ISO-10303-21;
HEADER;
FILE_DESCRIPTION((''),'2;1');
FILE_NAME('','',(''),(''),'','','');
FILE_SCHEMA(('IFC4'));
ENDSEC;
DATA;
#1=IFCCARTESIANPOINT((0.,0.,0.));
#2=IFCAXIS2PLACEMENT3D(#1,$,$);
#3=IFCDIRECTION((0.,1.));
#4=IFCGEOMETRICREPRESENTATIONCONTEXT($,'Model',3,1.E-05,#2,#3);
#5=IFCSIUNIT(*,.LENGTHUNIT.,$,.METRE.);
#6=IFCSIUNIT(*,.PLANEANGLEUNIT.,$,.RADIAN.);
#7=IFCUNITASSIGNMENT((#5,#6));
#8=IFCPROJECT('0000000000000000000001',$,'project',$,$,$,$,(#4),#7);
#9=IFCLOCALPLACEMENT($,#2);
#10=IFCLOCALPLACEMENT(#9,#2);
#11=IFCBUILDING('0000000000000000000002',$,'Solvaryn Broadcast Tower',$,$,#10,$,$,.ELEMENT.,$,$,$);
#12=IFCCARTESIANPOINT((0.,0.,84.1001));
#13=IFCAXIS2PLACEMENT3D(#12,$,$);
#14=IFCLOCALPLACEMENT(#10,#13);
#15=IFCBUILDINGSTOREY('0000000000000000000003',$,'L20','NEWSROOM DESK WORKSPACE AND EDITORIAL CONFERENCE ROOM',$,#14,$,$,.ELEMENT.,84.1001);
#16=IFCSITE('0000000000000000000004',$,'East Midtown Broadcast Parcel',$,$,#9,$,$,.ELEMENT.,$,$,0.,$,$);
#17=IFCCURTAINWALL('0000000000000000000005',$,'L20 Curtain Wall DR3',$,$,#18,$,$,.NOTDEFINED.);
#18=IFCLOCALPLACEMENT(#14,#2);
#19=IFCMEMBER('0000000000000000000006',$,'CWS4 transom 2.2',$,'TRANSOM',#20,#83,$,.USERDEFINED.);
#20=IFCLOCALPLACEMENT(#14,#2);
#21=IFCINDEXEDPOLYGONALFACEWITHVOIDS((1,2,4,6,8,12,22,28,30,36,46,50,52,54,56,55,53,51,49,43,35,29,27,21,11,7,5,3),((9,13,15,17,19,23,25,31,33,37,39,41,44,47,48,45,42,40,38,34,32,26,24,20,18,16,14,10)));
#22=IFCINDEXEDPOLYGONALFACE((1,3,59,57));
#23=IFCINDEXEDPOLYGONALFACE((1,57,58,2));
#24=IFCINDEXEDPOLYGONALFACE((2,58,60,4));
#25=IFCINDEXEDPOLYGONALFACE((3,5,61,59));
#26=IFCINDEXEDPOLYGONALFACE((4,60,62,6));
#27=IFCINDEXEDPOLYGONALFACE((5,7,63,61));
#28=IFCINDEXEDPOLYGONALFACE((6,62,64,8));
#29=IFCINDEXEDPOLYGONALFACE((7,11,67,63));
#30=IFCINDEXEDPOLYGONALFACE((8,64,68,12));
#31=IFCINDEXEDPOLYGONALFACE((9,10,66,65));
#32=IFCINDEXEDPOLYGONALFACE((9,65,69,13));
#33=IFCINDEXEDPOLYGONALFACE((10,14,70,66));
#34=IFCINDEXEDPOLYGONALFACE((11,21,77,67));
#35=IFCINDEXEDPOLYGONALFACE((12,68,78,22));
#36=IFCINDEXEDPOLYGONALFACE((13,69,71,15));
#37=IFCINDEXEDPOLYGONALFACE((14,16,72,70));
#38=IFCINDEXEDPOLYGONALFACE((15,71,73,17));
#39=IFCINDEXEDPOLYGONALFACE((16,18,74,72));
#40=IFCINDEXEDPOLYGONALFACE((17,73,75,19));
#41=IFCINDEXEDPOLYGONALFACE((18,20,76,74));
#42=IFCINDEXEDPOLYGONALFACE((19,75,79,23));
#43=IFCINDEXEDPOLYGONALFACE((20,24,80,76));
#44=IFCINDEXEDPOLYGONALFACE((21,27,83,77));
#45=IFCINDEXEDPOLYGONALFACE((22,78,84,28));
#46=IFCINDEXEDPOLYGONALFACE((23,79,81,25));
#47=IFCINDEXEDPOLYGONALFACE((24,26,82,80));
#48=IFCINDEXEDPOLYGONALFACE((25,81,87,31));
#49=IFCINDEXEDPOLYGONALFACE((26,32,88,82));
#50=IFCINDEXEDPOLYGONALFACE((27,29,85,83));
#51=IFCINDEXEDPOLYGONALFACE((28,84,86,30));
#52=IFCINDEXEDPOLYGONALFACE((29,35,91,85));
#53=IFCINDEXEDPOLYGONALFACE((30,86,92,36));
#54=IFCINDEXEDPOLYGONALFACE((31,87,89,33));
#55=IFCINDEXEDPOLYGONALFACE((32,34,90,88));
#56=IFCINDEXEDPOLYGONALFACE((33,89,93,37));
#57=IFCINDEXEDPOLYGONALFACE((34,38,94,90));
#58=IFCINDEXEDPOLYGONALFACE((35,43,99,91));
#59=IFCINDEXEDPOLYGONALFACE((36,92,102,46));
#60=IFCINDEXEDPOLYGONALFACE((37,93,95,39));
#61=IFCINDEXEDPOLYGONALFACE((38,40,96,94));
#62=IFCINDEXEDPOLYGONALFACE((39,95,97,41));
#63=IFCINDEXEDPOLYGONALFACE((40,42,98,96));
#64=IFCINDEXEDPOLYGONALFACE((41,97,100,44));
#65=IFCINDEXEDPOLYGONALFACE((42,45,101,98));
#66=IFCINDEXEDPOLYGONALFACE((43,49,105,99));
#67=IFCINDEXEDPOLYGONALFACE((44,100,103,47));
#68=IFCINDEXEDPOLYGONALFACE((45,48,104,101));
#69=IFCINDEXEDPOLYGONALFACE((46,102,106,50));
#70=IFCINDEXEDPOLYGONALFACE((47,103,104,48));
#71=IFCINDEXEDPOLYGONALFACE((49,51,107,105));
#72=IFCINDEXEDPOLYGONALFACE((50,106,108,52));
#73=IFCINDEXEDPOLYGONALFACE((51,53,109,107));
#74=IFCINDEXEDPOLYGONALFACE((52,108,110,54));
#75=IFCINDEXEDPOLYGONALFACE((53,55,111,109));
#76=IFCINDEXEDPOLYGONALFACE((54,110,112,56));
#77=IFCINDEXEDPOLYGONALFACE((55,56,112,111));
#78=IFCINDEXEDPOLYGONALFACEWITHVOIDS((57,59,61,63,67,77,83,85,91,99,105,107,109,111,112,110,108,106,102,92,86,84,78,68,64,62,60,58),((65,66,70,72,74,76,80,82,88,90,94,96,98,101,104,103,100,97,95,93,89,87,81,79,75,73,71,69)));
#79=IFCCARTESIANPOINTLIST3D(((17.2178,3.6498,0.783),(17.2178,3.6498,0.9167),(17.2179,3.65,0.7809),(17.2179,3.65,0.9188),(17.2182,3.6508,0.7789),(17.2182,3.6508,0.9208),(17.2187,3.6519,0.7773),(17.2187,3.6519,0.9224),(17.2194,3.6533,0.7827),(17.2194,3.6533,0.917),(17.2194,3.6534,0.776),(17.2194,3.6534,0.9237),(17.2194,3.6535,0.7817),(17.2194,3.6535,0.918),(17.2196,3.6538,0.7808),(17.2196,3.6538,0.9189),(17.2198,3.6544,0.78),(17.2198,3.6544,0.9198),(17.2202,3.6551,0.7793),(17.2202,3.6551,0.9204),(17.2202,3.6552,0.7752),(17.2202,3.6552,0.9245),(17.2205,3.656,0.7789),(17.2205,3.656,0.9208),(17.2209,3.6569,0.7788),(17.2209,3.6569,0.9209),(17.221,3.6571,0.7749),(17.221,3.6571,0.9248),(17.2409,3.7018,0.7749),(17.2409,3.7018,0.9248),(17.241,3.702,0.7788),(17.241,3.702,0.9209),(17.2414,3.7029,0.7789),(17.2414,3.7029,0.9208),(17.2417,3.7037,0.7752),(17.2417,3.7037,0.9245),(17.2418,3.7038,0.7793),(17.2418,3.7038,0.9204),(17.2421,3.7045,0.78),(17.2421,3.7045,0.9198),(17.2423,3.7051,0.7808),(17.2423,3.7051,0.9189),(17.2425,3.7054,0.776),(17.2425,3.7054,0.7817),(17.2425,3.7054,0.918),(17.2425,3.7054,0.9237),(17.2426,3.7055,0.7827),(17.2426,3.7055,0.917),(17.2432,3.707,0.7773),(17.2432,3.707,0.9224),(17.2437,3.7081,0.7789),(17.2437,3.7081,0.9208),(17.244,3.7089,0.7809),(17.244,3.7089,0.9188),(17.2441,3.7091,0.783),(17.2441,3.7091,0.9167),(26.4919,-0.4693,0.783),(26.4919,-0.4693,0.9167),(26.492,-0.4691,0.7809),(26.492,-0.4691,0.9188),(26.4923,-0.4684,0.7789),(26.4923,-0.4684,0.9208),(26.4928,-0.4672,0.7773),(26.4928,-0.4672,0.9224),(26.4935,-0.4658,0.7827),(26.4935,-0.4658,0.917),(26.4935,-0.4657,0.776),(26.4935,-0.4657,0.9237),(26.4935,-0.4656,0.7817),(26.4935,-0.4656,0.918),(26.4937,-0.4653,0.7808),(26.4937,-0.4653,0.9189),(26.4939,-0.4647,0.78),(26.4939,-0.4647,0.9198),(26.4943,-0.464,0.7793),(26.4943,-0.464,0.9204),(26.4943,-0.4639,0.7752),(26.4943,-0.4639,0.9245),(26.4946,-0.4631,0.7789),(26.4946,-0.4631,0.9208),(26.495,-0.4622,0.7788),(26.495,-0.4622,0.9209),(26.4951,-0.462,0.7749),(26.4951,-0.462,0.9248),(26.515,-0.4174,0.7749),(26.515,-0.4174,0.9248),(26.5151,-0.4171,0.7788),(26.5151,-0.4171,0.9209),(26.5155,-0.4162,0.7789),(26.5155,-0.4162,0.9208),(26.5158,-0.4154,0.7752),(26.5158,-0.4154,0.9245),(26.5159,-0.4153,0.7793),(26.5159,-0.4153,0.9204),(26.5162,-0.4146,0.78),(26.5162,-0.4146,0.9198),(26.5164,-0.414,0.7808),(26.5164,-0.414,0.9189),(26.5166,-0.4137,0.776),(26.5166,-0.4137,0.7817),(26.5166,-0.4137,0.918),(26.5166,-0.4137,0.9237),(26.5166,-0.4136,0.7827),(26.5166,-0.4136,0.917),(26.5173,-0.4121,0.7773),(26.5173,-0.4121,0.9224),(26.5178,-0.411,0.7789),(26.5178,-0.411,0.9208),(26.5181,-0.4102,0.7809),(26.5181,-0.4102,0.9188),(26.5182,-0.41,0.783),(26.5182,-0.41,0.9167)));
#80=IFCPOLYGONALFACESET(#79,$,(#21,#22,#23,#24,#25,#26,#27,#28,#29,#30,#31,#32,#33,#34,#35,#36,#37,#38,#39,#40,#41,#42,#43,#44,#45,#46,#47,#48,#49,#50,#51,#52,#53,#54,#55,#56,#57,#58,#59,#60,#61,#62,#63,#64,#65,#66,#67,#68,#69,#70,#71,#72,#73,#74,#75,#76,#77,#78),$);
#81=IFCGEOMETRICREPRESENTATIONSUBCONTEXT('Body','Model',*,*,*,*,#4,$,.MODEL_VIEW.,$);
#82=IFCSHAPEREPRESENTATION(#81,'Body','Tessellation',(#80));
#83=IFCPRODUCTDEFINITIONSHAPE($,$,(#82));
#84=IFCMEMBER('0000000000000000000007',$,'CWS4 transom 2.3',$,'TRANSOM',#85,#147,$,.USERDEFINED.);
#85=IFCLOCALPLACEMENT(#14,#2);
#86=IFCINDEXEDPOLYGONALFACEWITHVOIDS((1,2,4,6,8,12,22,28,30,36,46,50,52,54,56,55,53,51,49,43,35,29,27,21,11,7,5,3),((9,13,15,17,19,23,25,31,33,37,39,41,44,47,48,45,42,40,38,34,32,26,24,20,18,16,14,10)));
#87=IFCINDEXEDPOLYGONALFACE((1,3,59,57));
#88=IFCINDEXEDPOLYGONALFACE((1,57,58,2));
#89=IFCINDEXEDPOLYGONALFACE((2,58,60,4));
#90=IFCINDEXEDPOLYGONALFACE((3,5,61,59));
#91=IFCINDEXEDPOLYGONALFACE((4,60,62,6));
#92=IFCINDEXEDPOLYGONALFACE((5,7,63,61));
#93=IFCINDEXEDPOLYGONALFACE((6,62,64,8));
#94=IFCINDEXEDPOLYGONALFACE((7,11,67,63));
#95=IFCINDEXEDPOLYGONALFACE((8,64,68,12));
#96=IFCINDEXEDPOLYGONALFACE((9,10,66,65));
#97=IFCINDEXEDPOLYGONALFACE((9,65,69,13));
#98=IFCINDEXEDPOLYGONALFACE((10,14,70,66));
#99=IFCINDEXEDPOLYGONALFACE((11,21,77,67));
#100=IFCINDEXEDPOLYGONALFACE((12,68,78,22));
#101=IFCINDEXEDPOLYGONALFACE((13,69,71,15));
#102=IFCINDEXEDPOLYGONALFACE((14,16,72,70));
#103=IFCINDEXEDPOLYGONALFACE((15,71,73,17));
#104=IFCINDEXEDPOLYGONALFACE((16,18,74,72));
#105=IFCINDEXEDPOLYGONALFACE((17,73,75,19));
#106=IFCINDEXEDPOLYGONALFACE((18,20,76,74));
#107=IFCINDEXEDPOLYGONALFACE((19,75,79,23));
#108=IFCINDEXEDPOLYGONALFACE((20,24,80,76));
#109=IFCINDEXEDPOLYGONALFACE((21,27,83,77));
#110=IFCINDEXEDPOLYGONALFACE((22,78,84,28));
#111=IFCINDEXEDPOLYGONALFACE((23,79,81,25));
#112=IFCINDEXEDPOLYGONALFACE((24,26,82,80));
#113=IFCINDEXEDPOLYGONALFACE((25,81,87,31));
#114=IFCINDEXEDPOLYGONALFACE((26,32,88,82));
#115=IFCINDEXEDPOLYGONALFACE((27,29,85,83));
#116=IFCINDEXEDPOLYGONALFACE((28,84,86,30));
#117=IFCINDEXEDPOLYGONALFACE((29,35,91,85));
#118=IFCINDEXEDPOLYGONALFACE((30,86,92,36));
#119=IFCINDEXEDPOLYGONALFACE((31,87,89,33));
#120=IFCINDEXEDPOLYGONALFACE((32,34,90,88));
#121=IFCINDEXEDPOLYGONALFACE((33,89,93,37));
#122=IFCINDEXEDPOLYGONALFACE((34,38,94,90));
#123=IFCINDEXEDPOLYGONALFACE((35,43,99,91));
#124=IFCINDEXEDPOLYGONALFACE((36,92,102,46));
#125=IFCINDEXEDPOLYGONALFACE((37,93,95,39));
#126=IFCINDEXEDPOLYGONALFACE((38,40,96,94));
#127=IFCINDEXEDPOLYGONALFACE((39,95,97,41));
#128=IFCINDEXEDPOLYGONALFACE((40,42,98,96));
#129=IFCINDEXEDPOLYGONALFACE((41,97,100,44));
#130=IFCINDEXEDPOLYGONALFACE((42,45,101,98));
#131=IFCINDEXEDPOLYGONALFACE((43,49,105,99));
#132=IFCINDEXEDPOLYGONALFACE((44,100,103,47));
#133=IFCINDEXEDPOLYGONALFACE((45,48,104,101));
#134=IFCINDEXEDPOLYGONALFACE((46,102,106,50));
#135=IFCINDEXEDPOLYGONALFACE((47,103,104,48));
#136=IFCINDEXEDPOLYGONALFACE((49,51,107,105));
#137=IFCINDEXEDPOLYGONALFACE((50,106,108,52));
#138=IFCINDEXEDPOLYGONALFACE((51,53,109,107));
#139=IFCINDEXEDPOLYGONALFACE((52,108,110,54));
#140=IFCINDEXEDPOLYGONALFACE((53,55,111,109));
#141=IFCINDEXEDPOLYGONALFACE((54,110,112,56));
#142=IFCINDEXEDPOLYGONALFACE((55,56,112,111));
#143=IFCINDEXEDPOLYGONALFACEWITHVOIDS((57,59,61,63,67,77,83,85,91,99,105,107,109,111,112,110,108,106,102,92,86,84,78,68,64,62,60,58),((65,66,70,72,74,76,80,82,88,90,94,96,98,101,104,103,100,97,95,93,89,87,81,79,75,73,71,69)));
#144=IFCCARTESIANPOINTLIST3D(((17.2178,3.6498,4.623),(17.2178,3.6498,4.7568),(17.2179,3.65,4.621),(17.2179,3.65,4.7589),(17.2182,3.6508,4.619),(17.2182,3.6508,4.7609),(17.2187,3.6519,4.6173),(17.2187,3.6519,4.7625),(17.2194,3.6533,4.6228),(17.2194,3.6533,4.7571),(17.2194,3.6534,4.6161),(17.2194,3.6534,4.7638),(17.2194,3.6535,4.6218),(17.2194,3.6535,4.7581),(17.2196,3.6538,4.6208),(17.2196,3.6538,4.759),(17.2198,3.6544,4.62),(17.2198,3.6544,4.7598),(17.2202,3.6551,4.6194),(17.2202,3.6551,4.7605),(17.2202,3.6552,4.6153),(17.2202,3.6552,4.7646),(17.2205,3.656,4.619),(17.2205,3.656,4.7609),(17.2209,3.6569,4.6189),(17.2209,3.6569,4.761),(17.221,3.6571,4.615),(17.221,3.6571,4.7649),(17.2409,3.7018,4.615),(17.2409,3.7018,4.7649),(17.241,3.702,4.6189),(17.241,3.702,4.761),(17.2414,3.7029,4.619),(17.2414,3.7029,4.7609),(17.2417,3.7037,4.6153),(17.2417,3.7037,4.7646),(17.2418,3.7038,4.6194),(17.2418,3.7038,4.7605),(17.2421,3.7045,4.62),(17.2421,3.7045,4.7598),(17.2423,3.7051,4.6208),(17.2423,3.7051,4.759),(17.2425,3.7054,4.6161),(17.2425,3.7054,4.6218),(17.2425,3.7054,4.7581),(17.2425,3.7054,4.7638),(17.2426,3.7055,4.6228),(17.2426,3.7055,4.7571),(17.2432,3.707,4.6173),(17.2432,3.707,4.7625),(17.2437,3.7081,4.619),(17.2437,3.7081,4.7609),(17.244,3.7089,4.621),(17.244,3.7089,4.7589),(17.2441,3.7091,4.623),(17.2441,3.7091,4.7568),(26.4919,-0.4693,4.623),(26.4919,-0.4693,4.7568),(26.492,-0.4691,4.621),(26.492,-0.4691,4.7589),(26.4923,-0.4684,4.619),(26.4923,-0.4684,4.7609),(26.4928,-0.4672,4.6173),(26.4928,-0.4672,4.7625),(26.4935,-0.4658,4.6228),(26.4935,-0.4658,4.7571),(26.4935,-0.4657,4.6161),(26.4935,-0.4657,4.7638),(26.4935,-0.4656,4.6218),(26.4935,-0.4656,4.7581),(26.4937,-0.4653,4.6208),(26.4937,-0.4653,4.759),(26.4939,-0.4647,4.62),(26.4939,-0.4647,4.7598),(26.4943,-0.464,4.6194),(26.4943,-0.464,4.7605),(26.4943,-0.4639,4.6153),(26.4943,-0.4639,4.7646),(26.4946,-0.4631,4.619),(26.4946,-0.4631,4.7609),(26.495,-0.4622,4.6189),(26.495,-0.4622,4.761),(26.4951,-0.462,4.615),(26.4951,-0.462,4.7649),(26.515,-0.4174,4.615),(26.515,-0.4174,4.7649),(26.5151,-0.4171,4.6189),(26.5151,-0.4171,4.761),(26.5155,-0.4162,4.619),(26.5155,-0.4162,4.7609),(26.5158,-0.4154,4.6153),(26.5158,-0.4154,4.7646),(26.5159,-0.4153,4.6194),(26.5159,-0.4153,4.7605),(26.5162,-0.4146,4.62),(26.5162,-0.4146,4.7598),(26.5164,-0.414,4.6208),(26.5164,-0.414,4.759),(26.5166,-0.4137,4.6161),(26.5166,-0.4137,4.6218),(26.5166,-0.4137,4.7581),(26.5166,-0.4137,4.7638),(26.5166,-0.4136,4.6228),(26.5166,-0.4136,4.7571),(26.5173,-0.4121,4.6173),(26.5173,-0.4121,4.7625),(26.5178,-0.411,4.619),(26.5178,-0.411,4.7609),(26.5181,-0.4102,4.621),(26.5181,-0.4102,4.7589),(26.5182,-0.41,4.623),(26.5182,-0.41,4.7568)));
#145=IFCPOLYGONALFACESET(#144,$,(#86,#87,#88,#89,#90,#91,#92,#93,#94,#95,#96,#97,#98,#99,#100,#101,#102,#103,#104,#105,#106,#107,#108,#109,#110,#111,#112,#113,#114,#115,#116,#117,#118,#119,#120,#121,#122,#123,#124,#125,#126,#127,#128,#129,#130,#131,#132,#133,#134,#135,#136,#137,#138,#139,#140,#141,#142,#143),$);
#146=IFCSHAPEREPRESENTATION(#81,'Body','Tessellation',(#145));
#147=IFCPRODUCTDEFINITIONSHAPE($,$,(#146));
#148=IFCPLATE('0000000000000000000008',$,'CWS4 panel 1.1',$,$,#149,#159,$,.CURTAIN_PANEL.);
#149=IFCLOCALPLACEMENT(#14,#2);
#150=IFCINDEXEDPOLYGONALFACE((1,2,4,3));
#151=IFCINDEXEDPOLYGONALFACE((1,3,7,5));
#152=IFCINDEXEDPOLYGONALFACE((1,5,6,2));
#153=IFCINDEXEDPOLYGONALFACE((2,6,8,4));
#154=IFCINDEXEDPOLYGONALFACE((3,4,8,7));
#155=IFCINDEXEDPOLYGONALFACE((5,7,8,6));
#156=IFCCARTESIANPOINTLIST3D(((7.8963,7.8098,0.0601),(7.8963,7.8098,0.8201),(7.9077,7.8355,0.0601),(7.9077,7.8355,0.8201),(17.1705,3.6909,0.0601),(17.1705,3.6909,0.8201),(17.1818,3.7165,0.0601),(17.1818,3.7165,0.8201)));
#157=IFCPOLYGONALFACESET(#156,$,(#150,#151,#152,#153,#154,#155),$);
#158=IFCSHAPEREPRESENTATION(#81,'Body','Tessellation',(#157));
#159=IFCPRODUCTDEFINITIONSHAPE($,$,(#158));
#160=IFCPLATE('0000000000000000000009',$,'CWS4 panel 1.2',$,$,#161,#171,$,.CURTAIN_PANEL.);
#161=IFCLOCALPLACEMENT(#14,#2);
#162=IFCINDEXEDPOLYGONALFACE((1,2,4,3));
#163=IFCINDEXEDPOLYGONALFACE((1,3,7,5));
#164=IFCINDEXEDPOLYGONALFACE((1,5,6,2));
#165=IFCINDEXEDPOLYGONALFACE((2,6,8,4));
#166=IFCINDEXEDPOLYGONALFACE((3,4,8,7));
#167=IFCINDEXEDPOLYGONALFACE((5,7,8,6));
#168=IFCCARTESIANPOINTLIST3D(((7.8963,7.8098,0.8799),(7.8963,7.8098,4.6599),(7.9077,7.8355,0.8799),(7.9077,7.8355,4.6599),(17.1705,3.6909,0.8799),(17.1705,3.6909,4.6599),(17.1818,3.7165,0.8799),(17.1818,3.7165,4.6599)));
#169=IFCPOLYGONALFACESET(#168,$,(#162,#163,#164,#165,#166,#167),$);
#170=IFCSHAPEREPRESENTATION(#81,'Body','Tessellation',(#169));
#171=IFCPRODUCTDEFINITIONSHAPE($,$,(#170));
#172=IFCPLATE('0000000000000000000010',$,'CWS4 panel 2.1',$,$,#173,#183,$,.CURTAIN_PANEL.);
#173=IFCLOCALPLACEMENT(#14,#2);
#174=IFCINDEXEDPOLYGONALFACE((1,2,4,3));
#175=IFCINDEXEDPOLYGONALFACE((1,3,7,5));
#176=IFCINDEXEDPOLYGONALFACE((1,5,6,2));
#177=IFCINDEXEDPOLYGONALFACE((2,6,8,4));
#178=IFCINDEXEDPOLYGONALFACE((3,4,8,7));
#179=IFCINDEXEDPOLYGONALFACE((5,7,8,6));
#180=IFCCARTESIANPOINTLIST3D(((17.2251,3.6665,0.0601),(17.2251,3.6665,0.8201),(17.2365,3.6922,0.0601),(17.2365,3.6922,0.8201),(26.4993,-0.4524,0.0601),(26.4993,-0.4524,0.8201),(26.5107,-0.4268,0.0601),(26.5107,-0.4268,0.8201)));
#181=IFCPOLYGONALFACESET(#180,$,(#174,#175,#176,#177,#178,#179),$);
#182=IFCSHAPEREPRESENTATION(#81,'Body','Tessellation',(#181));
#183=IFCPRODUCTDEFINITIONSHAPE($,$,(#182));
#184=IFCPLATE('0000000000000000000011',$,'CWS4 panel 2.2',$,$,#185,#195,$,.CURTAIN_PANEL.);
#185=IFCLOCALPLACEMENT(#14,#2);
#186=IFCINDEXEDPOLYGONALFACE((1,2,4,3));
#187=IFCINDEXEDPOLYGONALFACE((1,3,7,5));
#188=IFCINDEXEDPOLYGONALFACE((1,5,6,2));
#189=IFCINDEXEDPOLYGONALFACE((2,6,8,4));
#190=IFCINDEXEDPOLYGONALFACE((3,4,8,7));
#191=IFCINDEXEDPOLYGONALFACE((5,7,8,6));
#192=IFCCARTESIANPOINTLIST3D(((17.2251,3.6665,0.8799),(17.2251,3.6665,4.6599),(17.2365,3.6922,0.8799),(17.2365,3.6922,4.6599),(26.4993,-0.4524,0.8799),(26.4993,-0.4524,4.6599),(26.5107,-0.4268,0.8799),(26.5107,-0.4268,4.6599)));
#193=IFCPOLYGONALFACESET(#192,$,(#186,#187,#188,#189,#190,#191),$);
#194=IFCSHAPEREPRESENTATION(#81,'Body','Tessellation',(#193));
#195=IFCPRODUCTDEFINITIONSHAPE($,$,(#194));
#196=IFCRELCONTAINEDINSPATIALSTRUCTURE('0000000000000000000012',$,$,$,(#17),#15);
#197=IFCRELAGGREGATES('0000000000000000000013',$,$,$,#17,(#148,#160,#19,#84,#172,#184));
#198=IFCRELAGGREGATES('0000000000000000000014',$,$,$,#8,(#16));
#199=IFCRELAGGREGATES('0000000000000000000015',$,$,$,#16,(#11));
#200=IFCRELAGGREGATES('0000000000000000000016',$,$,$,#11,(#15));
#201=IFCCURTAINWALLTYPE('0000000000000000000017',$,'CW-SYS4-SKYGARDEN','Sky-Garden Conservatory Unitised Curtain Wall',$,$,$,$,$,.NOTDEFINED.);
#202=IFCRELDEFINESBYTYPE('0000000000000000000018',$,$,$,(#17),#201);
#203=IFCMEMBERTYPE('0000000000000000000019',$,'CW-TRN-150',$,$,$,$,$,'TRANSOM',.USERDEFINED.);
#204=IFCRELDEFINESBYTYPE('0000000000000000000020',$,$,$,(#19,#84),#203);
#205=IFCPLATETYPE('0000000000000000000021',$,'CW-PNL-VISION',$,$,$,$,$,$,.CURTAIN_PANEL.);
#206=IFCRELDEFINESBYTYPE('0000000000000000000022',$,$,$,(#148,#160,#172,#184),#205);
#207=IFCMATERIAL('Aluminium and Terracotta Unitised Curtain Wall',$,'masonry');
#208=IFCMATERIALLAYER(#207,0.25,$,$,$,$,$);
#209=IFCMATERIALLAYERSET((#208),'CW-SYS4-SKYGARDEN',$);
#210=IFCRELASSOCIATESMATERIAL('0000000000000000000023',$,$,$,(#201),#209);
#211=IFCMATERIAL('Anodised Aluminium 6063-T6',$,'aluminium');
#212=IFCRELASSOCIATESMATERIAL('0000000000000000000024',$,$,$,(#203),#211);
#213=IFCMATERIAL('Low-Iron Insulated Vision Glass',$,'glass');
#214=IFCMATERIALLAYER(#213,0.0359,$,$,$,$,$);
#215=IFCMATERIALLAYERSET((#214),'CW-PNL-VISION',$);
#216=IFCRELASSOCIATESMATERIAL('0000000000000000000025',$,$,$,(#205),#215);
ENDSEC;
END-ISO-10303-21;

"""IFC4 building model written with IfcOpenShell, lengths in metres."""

from ifc_helpers import new_model, si_unit, direction, frame, origin, origin_2d, place, context, subcontext, project, spatial, rectangle, hollow_rectangle, extrude, material, layer, layer_set, material_profile, profile_set, type_object, element, aggregate, save


model = new_model("IFC4")

# Units and contexts
model_context = context("Model", 3, precision=1e-05, world=origin(), true_north=direction((0.0, 1.0)))
body_context = subcontext(model_context, "Body", "Model", "MODEL_VIEW")
ifc_project = project(units=[si_unit("LENGTHUNIT", "METRE"), si_unit("PLANEANGLEUNIT", "RADIAN")], contexts=[model_context])

# Site, building, storey
site_placement = place(None, origin())
site = spatial("IfcSite", under=ifc_project, at=site_placement, Name="East Midtown Broadcast Parcel", CompositionType="ELEMENT", RefElevation=0.0)
building_placement = place(site_placement, origin())
building = spatial("IfcBuilding", under=site, at=building_placement, Name="Solvaryn Broadcast Tower", CompositionType="ELEMENT")
storey_placement = place(building_placement, frame((0.0, 0.0, 84.1001)))
storey = spatial("IfcBuildingStorey", under=building, at=storey_placement, Name="L20", Description="NEWSROOM DESK WORKSPACE AND EDITORIAL CONFERENCE ROOM", CompositionType="ELEMENT", Elevation=84.1001)

# Shared definitions
ifc_material_1 = material(Name="Aluminium and Terracotta Unitised Curtain Wall", Category="masonry")
ifc_layer_1 = layer(ifc_material_1, 0.25)
ifc_layer_set_1 = layer_set([ifc_layer_1], Name="CW-SYS4-SKYGARDEN")
curtain_wall_type = type_object("IfcCurtainWallType", Name="CW-SYS4-SKYGARDEN", Description="Sky-Garden Conservatory Unitised Curtain Wall", PredefinedType="NOTDEFINED", material=ifc_layer_set_1)

# Curtain wall, members, plates
curtain_wall_1_placement = place(storey_placement, origin())
curtain_wall_1 = element("IfcCurtainWall", 1, at=curtain_wall_1_placement, inside=storey, type_object=curtain_wall_type, Name="L20 Curtain Wall DR3", PredefinedType="NOTDEFINED")
ifc_material_2 = material(Name="Anodised Aluminium 6063-T6", Category="aluminium")
ifc_material_profile_1 = material_profile(ifc_material_2, hollow_rectangle(XDim=0.0649, YDim=0.1499, WallThickness=0.0039, InnerFilletRadius=0.0039, OuterFilletRadius=0.0081, at=origin_2d()))
ifc_profile_set_1 = profile_set([ifc_material_profile_1], Name="Anodised Aluminium 6063-T6")
member_type_1 = type_object("IfcMemberType", Name="CW-TRN-150", ElementType="TRANSOM", PredefinedType="USERDEFINED", material=ifc_profile_set_1)
member_1_placement = place(storey_placement, frame((17.231, 3.6794, 0.8499), z_axis=(0.913911, -0.405915, 0.0), x_axis=(0.405915, 0.913911, 0.0)))
member_1 = element("IfcMember", 2, at=member_1_placement, type_object=member_type_1, Name="CWS4 transom 2.2", ObjectType="TRANSOM", PredefinedType="USERDEFINED", context=body_context, shape_type="SweptSolid", body=[
    extrude(hollow_rectangle(XDim=0.0649, YDim=0.1499, WallThickness=0.0039, InnerFilletRadius=0.0039, OuterFilletRadius=0.0081, at=origin_2d()), origin(), (0.0, 0.0, 1.0), 10.1477),
])
member_2_placement = place(storey_placement, frame((17.231, 3.6794, 4.6899), z_axis=(0.913911, -0.405915, 0.0), x_axis=(0.405915, 0.913911, 0.0)))
member_2 = element("IfcMember", 3, at=member_2_placement, type_object=member_type_1, Name="CWS4 transom 2.3", ObjectType="TRANSOM", PredefinedType="USERDEFINED", context=body_context, shape_type="SweptSolid", body=[
    extrude(hollow_rectangle(XDim=0.0649, YDim=0.1499, WallThickness=0.0039, InnerFilletRadius=0.0039, OuterFilletRadius=0.0081, at=origin_2d()), origin(), (0.0, 0.0, 1.0), 10.1477),
])
ifc_material_3 = material(Name="Low-Iron Insulated Vision Glass", Category="glass")
ifc_layer_2 = layer(ifc_material_3, 0.0359)
ifc_layer_set_2 = layer_set([ifc_layer_2], Name="CW-PNL-VISION")
plate_type = type_object("IfcPlateType", Name="CW-PNL-VISION", PredefinedType="CURTAIN_PANEL", material=ifc_layer_set_2)
plate_1_placement = place(storey_placement, frame((12.5391, 5.7632, 0.0601), z_axis=(0.0, 0.0, 1.0), x_axis=(0.913918, -0.405898, 0.0)))
plate_1 = element("IfcPlate", 4, at=plate_1_placement, type_object=plate_type, Name="CWS4 panel 1.1", PredefinedType="CURTAIN_PANEL", context=body_context, shape_type="SweptSolid", body=[
    extrude(rectangle(XDim=10.1477, YDim=0.0281, at=origin_2d()), origin(), (0.0, 0.0, 1.0), 0.76),
])
plate_2_placement = place(storey_placement, frame((12.5391, 5.7632, 0.8799), z_axis=(0.0, 0.0, 1.0), x_axis=(0.913918, -0.405898, 0.0)))
plate_2 = element("IfcPlate", 5, at=plate_2_placement, type_object=plate_type, Name="CWS4 panel 1.2", PredefinedType="CURTAIN_PANEL", context=body_context, shape_type="SweptSolid", body=[
    extrude(rectangle(XDim=10.1477, YDim=0.0281, at=origin_2d()), origin(), (0.0, 0.0, 1.0), 3.78),
])
plate_3_placement = place(storey_placement, frame((21.8679, 1.6199, 0.0601), z_axis=(0.0, 0.0, 1.0), x_axis=(0.913918, -0.405898, 0.0)))
plate_3 = element("IfcPlate", 6, at=plate_3_placement, type_object=plate_type, Name="CWS4 panel 2.1", PredefinedType="CURTAIN_PANEL", context=body_context, shape_type="SweptSolid", body=[
    extrude(rectangle(XDim=10.1477, YDim=0.0281, at=origin_2d()), origin(), (0.0, 0.0, 1.0), 0.76),
])
plate_4_placement = place(storey_placement, frame((21.8679, 1.6199, 0.8799), z_axis=(0.0, 0.0, 1.0), x_axis=(0.913918, -0.405898, 0.0)))
plate_4 = element("IfcPlate", 7, at=plate_4_placement, type_object=plate_type, Name="CWS4 panel 2.2", PredefinedType="CURTAIN_PANEL", context=body_context, shape_type="SweptSolid", body=[
    extrude(rectangle(XDim=10.1477, YDim=0.0281, at=origin_2d()), origin(), (0.0, 0.0, 1.0), 3.78),
])
aggregate(curtain_wall_1, [plate_1, plate_2, member_1, member_2, plate_3, plate_4])

save(model, "model.ifc")
